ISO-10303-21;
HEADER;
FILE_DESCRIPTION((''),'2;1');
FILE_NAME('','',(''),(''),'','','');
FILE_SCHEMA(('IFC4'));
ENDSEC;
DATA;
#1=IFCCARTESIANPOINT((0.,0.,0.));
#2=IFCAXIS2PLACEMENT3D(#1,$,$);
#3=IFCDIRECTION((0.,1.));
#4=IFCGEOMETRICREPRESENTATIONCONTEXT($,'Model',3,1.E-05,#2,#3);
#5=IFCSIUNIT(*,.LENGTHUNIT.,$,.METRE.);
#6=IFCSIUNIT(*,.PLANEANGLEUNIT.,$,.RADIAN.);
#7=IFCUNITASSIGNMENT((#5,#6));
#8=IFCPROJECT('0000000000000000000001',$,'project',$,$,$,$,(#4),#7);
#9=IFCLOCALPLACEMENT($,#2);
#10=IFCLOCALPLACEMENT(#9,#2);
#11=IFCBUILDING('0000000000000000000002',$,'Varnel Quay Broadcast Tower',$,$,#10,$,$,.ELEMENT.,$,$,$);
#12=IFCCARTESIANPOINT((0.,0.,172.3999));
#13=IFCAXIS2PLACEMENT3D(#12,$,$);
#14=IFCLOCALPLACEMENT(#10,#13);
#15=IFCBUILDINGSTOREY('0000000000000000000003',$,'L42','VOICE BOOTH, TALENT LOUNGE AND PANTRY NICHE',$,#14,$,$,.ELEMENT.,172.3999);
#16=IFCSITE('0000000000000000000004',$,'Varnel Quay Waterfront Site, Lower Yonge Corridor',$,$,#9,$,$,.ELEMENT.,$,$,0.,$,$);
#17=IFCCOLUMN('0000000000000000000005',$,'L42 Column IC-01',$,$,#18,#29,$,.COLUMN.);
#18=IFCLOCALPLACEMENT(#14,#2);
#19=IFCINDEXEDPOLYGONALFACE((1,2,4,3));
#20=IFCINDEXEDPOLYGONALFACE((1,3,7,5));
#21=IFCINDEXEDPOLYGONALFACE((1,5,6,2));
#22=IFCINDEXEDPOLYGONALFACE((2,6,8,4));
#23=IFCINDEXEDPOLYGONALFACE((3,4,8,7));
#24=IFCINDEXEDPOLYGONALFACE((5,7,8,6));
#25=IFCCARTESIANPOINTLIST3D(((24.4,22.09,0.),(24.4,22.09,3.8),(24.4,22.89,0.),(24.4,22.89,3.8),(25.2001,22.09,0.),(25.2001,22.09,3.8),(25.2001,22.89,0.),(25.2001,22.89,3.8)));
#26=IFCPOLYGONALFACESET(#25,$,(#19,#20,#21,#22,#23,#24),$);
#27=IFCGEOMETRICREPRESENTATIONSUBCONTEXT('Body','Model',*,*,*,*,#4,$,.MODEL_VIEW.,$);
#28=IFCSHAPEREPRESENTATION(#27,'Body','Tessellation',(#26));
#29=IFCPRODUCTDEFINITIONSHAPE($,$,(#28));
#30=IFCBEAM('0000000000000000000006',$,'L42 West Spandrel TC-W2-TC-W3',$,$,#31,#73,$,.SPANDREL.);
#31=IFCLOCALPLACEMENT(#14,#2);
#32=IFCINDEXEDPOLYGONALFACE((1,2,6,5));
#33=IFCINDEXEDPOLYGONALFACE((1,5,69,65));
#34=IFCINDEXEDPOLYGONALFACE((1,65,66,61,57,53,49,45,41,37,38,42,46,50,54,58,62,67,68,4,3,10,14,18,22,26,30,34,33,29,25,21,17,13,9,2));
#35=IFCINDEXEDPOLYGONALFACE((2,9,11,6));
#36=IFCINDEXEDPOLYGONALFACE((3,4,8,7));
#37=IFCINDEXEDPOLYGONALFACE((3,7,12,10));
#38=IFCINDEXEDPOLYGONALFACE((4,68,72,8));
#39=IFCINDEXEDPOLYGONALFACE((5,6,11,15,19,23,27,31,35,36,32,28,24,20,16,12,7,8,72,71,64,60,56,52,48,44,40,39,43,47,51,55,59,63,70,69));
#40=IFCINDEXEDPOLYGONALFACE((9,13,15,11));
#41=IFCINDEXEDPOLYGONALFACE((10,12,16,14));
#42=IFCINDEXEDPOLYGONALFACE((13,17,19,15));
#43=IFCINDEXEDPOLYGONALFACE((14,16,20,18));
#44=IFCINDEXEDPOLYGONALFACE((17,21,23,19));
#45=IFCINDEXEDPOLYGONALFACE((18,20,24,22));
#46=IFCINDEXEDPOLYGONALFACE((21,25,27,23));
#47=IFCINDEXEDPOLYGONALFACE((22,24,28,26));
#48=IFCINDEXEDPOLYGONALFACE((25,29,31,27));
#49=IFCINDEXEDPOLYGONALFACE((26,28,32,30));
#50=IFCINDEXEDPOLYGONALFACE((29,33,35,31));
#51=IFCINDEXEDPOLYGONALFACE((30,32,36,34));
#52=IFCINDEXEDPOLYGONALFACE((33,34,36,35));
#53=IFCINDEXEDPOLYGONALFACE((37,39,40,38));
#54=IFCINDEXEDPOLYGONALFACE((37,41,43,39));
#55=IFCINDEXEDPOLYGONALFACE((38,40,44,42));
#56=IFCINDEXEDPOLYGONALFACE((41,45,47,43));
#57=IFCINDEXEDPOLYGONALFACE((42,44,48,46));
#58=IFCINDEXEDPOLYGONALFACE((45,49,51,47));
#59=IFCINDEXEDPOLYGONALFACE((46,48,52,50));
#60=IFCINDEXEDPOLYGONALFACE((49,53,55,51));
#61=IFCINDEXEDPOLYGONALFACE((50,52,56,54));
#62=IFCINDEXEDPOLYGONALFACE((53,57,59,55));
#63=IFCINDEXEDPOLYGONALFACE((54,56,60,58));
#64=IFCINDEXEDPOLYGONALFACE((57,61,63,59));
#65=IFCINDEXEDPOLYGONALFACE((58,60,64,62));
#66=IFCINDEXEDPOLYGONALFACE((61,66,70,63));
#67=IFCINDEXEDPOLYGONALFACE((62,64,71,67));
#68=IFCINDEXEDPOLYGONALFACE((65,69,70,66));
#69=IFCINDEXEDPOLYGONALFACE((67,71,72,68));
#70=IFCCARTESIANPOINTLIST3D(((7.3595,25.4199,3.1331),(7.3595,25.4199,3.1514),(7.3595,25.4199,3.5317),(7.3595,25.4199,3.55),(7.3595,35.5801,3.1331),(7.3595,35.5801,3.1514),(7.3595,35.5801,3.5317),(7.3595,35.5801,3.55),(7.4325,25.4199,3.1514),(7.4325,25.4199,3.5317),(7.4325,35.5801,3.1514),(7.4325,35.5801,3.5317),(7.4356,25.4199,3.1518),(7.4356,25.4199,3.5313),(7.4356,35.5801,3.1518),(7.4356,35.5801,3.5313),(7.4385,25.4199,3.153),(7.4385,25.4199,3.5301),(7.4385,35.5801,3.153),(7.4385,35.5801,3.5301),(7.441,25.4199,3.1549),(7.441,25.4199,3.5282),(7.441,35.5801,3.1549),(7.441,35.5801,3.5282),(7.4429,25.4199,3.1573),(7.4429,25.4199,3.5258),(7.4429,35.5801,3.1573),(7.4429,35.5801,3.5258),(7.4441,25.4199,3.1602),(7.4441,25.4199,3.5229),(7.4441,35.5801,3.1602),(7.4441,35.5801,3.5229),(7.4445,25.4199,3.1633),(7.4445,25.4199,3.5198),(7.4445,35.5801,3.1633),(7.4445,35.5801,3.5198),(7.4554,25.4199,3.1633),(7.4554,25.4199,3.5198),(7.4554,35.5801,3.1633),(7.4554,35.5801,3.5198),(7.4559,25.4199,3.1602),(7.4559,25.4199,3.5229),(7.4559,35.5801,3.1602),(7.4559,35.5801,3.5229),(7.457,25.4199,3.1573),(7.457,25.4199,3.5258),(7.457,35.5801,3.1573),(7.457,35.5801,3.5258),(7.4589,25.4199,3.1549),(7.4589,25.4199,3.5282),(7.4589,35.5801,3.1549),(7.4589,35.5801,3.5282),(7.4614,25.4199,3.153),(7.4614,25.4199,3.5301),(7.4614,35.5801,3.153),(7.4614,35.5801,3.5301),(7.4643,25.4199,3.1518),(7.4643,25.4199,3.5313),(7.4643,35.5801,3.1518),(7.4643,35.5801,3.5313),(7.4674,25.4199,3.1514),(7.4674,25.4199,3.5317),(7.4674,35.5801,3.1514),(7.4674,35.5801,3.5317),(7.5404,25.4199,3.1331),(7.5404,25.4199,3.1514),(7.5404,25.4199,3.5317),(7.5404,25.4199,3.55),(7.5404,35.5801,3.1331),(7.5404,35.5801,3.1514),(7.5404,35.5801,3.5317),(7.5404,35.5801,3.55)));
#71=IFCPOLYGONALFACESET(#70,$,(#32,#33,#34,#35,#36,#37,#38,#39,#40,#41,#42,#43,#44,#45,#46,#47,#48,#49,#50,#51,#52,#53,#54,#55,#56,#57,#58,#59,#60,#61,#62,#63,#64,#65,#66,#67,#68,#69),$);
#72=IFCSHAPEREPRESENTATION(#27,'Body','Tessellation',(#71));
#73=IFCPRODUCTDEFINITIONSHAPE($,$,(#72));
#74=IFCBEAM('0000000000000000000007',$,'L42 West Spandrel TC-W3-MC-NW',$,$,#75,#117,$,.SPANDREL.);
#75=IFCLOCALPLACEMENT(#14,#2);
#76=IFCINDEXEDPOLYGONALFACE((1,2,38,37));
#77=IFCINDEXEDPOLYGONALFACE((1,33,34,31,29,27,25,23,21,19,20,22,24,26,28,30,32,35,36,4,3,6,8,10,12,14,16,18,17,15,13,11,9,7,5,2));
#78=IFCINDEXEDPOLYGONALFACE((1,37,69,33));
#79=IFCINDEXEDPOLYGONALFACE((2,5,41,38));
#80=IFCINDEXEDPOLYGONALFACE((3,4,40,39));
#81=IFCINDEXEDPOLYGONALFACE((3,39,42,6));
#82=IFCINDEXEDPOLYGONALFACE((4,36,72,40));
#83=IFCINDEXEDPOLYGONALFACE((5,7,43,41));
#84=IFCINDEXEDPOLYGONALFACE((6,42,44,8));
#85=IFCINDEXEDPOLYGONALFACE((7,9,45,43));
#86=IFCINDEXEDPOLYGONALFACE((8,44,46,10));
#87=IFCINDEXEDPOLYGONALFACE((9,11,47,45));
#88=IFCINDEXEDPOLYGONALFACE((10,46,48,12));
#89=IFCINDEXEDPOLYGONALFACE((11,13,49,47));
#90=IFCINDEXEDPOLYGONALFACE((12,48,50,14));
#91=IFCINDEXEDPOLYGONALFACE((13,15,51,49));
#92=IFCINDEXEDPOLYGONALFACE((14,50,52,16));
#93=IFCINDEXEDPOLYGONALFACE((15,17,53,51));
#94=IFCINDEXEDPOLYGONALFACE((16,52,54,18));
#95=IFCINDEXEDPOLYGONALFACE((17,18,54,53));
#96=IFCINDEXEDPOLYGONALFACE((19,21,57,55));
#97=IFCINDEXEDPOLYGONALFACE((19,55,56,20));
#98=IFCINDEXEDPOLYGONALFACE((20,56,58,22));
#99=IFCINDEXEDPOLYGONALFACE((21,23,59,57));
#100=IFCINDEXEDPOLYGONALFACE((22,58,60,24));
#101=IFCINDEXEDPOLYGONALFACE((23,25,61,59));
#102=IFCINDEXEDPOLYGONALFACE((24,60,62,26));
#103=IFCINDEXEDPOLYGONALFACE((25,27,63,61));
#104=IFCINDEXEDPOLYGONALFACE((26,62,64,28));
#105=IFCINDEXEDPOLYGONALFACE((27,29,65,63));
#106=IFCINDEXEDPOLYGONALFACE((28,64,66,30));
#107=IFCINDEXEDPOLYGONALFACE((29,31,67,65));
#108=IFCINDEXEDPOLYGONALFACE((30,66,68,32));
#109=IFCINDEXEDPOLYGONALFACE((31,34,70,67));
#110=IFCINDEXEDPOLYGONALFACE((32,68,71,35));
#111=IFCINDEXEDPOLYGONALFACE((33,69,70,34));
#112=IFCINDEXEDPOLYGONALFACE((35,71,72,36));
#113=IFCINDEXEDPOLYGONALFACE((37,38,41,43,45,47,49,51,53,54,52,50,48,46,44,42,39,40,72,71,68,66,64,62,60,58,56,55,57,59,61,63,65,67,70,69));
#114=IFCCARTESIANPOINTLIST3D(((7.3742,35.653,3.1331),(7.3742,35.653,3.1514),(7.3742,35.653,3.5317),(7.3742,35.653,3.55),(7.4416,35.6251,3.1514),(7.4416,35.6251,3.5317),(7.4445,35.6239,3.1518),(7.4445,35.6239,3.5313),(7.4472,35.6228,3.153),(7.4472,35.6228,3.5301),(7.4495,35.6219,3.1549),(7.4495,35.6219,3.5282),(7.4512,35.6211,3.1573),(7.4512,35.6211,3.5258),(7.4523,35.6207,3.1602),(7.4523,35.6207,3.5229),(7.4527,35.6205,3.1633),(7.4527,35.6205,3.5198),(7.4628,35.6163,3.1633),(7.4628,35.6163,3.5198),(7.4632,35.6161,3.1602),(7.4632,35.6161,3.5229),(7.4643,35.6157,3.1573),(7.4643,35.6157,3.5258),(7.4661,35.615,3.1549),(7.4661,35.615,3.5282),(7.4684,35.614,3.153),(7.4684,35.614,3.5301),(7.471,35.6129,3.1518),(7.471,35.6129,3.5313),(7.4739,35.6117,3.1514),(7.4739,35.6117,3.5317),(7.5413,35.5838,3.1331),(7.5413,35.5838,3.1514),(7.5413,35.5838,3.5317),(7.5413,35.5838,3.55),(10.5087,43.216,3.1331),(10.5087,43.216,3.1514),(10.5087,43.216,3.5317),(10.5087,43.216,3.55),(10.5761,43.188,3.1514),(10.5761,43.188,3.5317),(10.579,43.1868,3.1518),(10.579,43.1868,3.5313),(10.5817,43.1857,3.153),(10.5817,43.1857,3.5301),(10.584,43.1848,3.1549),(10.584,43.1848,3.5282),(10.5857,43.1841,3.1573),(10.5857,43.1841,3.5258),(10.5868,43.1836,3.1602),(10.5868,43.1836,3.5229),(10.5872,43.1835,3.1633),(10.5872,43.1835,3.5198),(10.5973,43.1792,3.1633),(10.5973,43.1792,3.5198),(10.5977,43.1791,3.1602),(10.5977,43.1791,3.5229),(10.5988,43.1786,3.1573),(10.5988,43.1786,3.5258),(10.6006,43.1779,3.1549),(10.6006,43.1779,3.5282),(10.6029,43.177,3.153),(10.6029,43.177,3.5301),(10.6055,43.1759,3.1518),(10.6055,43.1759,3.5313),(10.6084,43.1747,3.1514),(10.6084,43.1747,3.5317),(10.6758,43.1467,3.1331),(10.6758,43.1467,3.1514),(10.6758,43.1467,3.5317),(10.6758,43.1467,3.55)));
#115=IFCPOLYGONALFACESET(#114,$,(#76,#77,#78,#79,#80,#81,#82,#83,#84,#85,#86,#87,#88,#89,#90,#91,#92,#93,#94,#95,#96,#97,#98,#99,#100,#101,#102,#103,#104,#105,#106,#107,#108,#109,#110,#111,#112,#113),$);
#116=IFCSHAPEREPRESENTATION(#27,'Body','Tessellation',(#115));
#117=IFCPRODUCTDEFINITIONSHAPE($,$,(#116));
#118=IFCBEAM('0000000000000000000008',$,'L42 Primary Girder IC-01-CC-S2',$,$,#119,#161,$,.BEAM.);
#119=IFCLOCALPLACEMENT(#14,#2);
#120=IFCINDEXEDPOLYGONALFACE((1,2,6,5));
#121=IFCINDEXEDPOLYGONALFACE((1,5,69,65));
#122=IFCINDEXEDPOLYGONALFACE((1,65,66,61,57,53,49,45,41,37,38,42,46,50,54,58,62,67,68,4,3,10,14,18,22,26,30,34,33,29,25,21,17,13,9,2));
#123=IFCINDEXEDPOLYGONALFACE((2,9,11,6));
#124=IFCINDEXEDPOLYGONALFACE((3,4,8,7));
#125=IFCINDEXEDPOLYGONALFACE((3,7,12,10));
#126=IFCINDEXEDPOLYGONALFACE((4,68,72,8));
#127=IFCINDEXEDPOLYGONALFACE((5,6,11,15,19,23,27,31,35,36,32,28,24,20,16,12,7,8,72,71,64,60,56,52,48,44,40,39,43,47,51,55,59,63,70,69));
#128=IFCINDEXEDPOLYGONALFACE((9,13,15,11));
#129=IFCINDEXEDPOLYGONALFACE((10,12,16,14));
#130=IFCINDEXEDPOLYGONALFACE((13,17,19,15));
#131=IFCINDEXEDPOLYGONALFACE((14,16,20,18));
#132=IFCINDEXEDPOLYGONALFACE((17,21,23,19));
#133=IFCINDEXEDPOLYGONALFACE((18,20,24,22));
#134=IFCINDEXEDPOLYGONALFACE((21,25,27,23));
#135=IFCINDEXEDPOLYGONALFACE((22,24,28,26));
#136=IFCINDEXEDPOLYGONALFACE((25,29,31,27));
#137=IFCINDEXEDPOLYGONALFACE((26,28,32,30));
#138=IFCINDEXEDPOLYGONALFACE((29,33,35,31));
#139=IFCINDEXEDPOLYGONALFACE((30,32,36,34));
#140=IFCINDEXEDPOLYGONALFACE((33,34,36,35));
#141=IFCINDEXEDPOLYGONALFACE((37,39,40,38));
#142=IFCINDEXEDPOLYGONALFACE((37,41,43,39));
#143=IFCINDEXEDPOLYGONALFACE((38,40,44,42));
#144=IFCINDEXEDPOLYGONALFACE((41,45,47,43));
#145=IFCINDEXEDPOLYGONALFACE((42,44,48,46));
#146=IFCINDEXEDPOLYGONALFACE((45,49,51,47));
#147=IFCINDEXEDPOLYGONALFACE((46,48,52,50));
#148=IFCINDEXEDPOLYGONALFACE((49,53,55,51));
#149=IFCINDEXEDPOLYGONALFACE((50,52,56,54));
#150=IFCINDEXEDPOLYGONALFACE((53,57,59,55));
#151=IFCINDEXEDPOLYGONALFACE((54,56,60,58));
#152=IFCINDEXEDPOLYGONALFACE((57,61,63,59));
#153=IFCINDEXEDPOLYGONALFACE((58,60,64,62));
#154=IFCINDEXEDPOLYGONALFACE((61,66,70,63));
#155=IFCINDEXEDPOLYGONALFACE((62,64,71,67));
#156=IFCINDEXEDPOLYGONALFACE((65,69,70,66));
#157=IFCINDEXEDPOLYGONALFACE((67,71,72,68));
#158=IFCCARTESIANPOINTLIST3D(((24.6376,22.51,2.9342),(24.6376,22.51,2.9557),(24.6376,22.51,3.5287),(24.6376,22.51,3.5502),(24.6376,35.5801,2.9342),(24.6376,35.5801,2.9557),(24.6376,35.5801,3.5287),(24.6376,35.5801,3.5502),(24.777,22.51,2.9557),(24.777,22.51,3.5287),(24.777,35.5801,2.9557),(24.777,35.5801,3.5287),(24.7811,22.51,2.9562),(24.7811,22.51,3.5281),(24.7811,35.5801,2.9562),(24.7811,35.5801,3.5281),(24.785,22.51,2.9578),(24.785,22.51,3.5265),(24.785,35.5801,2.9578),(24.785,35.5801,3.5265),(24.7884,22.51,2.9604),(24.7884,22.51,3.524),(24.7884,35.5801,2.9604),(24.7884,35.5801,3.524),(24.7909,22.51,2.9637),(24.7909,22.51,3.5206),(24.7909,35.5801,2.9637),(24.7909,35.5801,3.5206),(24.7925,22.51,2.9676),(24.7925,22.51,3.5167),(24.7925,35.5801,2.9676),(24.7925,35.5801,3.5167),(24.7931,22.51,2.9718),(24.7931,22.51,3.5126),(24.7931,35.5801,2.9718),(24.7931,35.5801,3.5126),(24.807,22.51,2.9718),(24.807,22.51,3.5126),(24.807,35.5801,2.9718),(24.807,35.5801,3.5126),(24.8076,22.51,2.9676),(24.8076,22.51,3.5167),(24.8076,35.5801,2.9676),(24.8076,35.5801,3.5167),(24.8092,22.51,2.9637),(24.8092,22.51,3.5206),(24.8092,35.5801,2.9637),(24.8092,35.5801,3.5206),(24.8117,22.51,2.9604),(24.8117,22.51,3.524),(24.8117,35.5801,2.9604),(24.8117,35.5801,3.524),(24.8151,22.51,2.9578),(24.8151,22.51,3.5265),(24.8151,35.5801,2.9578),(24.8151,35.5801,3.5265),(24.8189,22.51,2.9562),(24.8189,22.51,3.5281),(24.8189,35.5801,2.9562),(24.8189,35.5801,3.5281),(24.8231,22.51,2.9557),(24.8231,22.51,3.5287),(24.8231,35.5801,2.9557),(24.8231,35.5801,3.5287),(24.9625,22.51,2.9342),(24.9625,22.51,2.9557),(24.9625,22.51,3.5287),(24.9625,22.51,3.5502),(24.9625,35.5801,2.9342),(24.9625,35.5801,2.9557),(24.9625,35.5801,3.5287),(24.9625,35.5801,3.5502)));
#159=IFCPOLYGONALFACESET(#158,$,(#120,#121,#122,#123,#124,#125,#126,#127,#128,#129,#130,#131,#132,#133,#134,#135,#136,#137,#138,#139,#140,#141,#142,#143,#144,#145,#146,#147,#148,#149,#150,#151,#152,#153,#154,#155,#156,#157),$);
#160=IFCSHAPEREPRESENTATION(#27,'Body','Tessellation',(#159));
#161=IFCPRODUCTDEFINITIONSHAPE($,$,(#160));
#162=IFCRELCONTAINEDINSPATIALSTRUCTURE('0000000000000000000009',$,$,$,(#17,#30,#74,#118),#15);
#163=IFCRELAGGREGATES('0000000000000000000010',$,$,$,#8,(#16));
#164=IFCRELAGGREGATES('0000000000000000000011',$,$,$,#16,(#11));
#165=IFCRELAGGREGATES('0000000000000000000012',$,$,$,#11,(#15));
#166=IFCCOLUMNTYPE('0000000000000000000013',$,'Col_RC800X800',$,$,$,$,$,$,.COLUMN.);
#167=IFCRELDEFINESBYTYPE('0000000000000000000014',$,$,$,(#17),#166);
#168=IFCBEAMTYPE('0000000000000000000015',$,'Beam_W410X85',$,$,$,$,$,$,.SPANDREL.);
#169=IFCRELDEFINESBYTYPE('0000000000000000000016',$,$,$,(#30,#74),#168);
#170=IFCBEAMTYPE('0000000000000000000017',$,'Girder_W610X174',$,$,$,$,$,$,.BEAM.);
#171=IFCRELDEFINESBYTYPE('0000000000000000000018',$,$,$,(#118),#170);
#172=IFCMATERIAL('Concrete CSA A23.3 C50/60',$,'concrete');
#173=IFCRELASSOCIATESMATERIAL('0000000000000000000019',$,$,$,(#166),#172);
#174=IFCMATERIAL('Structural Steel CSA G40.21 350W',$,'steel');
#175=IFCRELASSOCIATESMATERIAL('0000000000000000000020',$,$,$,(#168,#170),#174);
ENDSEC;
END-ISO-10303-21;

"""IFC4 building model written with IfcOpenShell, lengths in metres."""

from ifc_helpers import new_model, si_unit, direction, frame, origin, origin_2d, place, context, subcontext, project, spatial, rectangle, i_section, extrude, source, transform, mapped, material, material_profile, profile_set, type_object, type_shapes, element, save


model = new_model("IFC4")

# Units and contexts
model_context = context("Model", 3, precision=1e-05, world=origin(), true_north=direction((0.0, 1.0)))
body_context = subcontext(model_context, "Body", "Model", "MODEL_VIEW")
ifc_project = project(units=[si_unit("LENGTHUNIT", "METRE"), si_unit("PLANEANGLEUNIT", "RADIAN")], contexts=[model_context])

# Site, building, storey
site_placement = place(None, origin())
site = spatial("IfcSite", under=ifc_project, at=site_placement, Name="Varnel Quay Waterfront Site, Lower Yonge Corridor", CompositionType="ELEMENT", RefElevation=0.0)
building_placement = place(site_placement, origin())
building = spatial("IfcBuilding", under=site, at=building_placement, Name="Varnel Quay Broadcast Tower", CompositionType="ELEMENT")
storey_placement = place(building_placement, frame((0.0, 0.0, 172.3999)))
storey = spatial("IfcBuildingStorey", under=building, at=storey_placement, Name="L42", Description="VOICE BOOTH, TALENT LOUNGE AND PANTRY NICHE", CompositionType="ELEMENT", Elevation=172.3999)

# Column
ifc_material_1 = material(Name="Structural Steel CSA G40.21 350W", Category="steel")
ifc_material_2 = material(Name="Concrete CSA A23.3 C50/60", Category="concrete")
ifc_material_profile_1 = material_profile(ifc_material_2, rectangle(XDim=0.8, YDim=0.8, at=origin_2d()), Name="RC800X800")
ifc_profile_set_1 = profile_set([ifc_material_profile_1], Name="Concrete CSA A23.3 C50/60")
column_type_1 = type_object("IfcColumnType", Name="Col_RC800X800", PredefinedType="COLUMN", material=ifc_profile_set_1)
shared_shape_1 = source(origin(), body_context, "Body", "SweptSolid", [
    extrude(rectangle(XDim=0.8, YDim=0.8, at=origin_2d()), origin(), (0.0, 0.0, 1.0), 3.8),
])
type_shapes(column_type_1, [shared_shape_1])
column_placement = place(storey_placement, frame((24.8, 22.49, 0.0), z_axis=(0.0, 0.0, 1.0), x_axis=(1.0, 0.0, 0.0)))
element("IfcColumn", 1, at=column_placement, inside=storey, type_object=column_type_1, Name="L42 Column IC-01", PredefinedType="COLUMN", context=body_context, shape_type="MappedRepresentation", body=[
    mapped(shared_shape_1, transform((0.0, 0.0, 0.0), x_axis=(1.0, 0.0, 0.0), y_axis=(0.0, 1.0, 0.0), z_axis=(0.0, 0.0, 1.0), scale=1.0)),
])

# Beams
ifc_material_profile_2 = material_profile(ifc_material_1, i_section(OverallWidth=0.1809, OverallDepth=0.417, WebThickness=0.011, FlangeThickness=0.0183, FilletRadius=0.012, at=origin_2d()), Name="W410X85")
ifc_profile_set_2 = profile_set([ifc_material_profile_2], Name="Structural Steel CSA G40.21 350W")
beam_type_1 = type_object("IfcBeamType", Name="Beam_W410X85", PredefinedType="SPANDREL", material=ifc_profile_set_2)
shared_shape_2 = source(origin(), body_context, "Body", "SweptSolid", [
    extrude(i_section(OverallWidth=0.1809, OverallDepth=0.417, WebThickness=0.011, FlangeThickness=0.0183, FilletRadius=0.012, at=origin_2d()), origin(), (0.0, 0.0, 1.0), 10.1602),
])
beam_1_placement = place(storey_placement, frame((7.45, 25.4199, 3.3416), z_axis=(0.0, 1.0, 0.0), x_axis=(-1.0, 0.0, 0.0)))
element("IfcBeam", 2, at=beam_1_placement, inside=storey, type_object=beam_type_1, Name="L42 West Spandrel TC-W2-TC-W3", PredefinedType="SPANDREL", context=body_context, shape_type="MappedRepresentation", body=[
    mapped(shared_shape_2, transform((0.0, 0.0, 0.0), x_axis=(1.0, 0.0, 0.0), y_axis=(0.0, 1.0, 0.0), z_axis=(0.0, 0.0, 1.0), scale=1.0)),
])
shared_shape_3 = source(origin(), body_context, "Body", "SweptSolid", [
    extrude(i_section(OverallWidth=0.1809, OverallDepth=0.417, WebThickness=0.011, FlangeThickness=0.0183, FilletRadius=0.012, at=origin_2d()), origin(), (0.0, 0.0, 1.0), 8.1868),
])
type_shapes(beam_type_1, [shared_shape_2, shared_shape_3])
beam_2_placement = place(storey_placement, frame((7.4578, 35.6184, 3.3416), z_axis=(0.382874, 0.923801, 0.0), x_axis=(-0.923801, 0.382874, 0.0)))
element("IfcBeam", 3, at=beam_2_placement, inside=storey, type_object=beam_type_1, Name="L42 West Spandrel TC-W3-MC-NW", PredefinedType="SPANDREL", context=body_context, shape_type="MappedRepresentation", body=[
    mapped(shared_shape_3, transform((0.0, 0.0, 0.0), x_axis=(1.0, 0.0, 0.0), y_axis=(0.0, 1.0, 0.0), z_axis=(0.0, 0.0, 1.0), scale=1.0)),
])
ifc_material_profile_3 = material_profile(ifc_material_1, i_section(OverallWidth=0.325, OverallDepth=0.616, WebThickness=0.0139, FlangeThickness=0.0215, FilletRadius=0.0161, at=origin_2d()), Name="W610X174")
ifc_profile_set_3 = profile_set([ifc_material_profile_3], Name="Structural Steel CSA G40.21 350W")
beam_type_2 = type_object("IfcBeamType", Name="Girder_W610X174", PredefinedType="BEAM", material=ifc_profile_set_3)
shared_shape_4 = source(origin(), body_context, "Body", "SweptSolid", [
    extrude(i_section(OverallWidth=0.325, OverallDepth=0.616, WebThickness=0.0139, FlangeThickness=0.0215, FilletRadius=0.0161, at=origin_2d()), origin(), (0.0, 0.0, 1.0), 13.0701),
])
beam_3_placement = place(storey_placement, frame((24.8, 22.51, 3.2422), z_axis=(0.0, 1.0, 0.0), x_axis=(-1.0, 0.0, 0.0)))
element("IfcBeam", 4, at=beam_3_placement, inside=storey, type_object=beam_type_2, Name="L42 Primary Girder IC-01-CC-S2", PredefinedType="BEAM", context=body_context, shape_type="MappedRepresentation", body=[
    mapped(shared_shape_4, transform((0.0, 0.0, 0.0), x_axis=(1.0, 0.0, 0.0), y_axis=(0.0, 1.0, 0.0), z_axis=(0.0, 0.0, 1.0), scale=1.0)),
])

save(model, "model.ifc")
